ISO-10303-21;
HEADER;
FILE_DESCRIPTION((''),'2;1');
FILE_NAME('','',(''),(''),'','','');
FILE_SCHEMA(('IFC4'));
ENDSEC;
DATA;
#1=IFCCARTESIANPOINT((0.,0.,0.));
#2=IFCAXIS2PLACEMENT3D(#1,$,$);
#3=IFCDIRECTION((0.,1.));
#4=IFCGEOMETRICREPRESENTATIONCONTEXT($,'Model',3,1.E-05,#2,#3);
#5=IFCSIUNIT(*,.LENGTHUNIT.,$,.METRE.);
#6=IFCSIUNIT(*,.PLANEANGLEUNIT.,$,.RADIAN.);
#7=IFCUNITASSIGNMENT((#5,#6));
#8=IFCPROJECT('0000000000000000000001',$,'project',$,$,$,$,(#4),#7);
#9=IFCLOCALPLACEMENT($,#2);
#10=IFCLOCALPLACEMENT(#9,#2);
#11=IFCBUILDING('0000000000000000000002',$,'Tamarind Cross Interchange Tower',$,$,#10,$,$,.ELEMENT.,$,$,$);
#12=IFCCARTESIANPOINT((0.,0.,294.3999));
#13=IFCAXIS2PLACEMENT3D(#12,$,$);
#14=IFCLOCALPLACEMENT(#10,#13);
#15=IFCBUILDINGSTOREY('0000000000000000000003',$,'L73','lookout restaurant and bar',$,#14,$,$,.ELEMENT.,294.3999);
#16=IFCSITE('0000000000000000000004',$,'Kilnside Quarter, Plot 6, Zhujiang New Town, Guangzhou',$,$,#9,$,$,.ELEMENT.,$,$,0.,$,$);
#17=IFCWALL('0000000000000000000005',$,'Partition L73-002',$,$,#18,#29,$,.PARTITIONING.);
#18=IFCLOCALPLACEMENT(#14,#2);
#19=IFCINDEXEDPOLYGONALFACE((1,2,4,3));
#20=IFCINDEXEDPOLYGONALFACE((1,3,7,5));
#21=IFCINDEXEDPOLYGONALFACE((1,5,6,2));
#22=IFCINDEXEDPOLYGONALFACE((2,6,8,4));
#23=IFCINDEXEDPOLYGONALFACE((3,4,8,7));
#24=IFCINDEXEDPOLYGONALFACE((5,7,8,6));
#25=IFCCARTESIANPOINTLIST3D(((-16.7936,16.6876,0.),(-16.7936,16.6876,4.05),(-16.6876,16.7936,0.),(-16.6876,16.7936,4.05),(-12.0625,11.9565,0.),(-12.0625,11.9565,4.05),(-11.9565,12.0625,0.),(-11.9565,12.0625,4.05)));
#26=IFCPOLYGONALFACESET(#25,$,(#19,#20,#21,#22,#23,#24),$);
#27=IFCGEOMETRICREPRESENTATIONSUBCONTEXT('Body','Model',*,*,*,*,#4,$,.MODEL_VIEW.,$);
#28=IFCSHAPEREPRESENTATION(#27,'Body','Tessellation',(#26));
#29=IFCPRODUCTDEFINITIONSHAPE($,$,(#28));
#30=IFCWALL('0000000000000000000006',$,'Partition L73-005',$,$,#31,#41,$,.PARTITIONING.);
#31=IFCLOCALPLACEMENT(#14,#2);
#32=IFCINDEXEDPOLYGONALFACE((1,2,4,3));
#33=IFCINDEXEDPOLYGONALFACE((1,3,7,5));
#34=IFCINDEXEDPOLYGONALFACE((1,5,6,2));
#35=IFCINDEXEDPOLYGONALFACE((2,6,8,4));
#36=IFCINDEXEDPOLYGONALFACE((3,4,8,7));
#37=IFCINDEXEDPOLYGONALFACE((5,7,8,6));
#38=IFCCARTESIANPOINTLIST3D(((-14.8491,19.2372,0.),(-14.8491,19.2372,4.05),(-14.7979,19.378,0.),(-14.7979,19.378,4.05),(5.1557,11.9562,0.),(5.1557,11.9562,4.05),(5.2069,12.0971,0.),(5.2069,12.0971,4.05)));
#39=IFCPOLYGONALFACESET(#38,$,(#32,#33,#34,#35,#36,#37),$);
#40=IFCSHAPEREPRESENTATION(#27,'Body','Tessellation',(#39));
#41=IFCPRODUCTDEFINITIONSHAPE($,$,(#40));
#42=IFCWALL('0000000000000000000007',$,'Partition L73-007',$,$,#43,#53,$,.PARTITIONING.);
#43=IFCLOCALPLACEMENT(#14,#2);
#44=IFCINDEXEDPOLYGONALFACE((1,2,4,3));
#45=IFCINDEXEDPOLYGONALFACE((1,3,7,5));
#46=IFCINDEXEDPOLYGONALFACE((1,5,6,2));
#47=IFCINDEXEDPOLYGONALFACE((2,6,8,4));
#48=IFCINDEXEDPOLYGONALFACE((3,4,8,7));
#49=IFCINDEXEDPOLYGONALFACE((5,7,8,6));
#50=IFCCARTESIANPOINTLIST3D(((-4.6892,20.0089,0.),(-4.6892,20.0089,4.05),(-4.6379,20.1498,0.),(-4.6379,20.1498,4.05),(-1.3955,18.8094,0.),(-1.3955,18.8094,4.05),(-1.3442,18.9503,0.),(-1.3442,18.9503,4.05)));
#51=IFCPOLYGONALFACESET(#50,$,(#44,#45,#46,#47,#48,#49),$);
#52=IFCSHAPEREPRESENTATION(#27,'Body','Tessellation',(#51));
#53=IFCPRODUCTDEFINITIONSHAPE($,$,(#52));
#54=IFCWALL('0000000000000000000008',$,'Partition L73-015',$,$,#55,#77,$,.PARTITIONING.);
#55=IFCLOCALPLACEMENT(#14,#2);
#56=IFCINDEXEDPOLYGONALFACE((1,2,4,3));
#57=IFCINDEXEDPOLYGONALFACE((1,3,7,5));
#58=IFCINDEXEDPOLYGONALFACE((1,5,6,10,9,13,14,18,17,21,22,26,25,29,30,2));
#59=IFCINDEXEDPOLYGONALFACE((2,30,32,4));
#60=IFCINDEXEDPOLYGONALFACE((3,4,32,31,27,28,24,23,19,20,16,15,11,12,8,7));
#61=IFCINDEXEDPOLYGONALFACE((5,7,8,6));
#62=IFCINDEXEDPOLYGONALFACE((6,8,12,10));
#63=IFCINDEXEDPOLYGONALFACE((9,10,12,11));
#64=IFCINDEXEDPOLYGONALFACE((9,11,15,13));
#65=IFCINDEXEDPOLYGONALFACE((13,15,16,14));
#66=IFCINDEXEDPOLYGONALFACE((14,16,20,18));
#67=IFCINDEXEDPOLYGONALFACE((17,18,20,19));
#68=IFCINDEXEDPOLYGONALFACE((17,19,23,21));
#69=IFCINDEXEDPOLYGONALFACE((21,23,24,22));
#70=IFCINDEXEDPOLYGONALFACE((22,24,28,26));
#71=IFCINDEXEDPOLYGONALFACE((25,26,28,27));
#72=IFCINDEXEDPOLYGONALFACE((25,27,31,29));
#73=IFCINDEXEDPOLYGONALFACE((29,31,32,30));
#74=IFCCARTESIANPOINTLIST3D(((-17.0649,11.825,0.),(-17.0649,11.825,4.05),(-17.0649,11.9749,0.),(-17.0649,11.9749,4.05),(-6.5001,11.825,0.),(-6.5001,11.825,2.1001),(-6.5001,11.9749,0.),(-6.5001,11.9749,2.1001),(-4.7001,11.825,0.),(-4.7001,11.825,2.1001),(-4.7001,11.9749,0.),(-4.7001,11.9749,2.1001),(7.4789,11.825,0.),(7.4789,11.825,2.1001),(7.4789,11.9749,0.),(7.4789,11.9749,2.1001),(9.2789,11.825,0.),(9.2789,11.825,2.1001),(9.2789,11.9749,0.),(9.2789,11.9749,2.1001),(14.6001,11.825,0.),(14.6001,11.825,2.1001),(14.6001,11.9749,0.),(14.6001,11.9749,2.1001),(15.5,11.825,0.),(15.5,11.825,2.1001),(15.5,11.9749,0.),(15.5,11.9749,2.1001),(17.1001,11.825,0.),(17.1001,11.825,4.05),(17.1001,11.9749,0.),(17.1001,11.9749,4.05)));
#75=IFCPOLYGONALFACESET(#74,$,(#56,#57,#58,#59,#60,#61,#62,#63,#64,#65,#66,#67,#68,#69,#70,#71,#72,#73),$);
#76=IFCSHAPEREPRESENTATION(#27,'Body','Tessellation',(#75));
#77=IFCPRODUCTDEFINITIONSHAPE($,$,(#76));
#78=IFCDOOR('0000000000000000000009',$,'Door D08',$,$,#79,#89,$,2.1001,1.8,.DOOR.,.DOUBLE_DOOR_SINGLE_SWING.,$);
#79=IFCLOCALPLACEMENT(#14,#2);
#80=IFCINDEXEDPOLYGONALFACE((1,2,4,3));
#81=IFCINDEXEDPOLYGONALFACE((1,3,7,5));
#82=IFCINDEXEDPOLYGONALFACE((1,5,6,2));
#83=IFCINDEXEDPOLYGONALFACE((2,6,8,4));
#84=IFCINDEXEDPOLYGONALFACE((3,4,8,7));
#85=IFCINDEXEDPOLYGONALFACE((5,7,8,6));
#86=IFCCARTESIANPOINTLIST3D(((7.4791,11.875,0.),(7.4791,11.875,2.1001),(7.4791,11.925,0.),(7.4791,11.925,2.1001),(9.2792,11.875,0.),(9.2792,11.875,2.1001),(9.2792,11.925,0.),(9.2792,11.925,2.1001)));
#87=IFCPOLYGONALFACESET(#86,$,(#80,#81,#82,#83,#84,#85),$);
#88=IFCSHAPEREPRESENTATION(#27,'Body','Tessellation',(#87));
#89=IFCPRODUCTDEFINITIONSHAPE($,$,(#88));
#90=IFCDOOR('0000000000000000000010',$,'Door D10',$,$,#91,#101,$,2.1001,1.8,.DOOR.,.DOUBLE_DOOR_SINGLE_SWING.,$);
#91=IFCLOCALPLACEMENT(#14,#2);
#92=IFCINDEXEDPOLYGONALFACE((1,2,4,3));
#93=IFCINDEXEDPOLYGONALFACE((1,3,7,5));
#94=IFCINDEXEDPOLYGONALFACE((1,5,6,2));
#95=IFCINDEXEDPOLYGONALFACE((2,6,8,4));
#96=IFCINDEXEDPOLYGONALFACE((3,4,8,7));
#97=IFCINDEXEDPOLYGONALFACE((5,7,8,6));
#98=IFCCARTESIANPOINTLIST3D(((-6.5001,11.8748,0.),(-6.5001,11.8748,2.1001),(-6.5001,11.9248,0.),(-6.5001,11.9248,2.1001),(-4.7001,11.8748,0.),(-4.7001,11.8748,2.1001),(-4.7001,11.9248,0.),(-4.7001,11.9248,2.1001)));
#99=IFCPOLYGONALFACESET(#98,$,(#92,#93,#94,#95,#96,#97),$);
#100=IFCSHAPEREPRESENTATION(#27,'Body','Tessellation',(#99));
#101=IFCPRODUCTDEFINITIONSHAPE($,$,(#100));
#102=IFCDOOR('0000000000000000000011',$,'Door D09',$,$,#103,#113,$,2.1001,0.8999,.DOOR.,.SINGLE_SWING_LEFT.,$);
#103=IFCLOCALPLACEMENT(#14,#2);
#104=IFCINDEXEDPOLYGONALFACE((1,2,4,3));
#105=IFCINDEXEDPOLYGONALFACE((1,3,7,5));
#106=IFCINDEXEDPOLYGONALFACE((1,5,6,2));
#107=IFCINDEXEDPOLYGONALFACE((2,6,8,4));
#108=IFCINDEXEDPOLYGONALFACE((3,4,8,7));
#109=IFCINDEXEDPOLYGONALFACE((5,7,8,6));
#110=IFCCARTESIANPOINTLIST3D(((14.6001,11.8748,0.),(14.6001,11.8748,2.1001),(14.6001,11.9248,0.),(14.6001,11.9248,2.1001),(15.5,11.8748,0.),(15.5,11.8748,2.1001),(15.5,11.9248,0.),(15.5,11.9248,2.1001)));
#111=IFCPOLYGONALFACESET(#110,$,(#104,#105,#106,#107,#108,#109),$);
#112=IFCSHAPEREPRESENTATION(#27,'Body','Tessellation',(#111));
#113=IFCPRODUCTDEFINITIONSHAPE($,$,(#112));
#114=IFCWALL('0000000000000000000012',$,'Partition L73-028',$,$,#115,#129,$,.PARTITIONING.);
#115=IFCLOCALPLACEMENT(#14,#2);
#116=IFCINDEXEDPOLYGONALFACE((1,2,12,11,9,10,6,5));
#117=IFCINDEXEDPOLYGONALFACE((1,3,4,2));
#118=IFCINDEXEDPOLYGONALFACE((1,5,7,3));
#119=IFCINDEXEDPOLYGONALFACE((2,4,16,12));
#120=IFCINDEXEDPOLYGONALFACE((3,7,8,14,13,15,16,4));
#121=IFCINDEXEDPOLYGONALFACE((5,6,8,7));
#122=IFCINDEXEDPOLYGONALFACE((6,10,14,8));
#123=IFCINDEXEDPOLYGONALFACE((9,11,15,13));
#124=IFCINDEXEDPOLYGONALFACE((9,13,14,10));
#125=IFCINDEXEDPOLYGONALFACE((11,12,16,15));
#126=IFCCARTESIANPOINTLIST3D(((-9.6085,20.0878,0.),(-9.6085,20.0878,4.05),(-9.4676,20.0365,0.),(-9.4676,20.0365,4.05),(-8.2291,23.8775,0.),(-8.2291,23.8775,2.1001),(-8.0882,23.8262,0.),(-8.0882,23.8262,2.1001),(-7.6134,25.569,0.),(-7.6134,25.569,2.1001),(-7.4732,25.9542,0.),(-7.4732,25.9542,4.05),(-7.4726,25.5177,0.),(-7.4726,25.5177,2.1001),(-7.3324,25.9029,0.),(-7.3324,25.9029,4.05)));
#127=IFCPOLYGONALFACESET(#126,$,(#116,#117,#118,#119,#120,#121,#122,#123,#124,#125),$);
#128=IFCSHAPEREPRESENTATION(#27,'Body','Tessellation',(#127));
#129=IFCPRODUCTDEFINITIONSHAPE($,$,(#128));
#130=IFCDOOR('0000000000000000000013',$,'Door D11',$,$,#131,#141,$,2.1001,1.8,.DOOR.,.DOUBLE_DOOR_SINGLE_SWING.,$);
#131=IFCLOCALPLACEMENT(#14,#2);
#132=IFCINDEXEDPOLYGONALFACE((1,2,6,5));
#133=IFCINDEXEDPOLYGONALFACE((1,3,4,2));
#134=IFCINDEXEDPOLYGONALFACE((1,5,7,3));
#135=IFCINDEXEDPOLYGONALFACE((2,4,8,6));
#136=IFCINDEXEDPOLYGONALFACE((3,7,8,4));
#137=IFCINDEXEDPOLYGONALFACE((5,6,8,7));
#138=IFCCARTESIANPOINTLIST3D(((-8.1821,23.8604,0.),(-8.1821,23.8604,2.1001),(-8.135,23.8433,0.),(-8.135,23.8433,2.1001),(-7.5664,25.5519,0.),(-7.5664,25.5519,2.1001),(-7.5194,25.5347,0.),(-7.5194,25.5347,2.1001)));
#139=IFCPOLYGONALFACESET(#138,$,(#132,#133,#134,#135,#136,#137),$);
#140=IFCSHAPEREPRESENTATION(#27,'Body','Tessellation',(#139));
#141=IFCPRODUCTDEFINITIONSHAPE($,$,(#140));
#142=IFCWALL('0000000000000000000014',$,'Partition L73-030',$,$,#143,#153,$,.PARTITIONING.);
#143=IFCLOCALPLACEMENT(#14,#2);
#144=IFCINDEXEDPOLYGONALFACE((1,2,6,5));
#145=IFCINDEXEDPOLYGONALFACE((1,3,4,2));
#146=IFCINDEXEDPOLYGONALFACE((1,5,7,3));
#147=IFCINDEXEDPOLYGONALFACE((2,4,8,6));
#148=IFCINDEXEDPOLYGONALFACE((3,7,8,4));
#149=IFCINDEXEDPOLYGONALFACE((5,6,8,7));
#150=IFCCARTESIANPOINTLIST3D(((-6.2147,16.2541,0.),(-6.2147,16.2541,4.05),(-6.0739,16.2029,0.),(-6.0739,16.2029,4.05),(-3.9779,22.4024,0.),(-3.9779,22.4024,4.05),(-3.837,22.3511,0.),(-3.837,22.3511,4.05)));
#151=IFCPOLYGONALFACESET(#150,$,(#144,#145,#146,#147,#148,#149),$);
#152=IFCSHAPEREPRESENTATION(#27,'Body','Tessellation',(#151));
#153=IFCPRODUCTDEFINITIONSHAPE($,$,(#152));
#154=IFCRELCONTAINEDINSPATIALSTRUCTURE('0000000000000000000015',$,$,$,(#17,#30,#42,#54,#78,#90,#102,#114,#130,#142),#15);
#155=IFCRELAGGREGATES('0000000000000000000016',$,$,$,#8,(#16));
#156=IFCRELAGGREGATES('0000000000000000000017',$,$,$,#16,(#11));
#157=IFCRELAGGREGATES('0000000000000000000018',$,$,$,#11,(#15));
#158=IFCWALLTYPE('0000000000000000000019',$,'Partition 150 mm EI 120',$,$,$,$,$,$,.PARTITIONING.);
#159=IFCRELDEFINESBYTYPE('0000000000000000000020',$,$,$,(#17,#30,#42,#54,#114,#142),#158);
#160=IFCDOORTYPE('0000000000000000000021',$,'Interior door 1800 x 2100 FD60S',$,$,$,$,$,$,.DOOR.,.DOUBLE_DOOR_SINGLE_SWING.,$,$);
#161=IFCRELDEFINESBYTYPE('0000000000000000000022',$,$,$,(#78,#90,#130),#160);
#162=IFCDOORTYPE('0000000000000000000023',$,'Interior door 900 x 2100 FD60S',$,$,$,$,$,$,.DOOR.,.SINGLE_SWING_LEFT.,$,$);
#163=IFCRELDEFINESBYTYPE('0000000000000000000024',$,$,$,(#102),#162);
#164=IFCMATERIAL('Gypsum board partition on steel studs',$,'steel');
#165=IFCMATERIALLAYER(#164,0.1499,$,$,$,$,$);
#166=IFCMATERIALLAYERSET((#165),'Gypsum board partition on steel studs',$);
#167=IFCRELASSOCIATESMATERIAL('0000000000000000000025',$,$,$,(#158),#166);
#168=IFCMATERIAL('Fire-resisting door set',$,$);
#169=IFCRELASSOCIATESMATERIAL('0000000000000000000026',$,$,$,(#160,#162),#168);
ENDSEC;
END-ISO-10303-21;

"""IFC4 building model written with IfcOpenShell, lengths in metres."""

from ifc_helpers import new_model, si_unit, direction, frame, frame_2d, origin, place, context, subcontext, project, spatial, rectangle, extrude, material, layer, layer_set, type_object, element, fill, save


model = new_model("IFC4")

# Units and contexts
model_context = context("Model", 3, precision=1e-05, world=origin(), true_north=direction((0.0, 1.0)))
body_context = subcontext(model_context, "Body", "Model", "MODEL_VIEW")
ifc_project = project(units=[si_unit("LENGTHUNIT", "METRE"), si_unit("PLANEANGLEUNIT", "RADIAN")], contexts=[model_context])

# Site, building, storey
site_placement = place(None, origin())
site = spatial("IfcSite", under=ifc_project, at=site_placement, Name="Kilnside Quarter, Plot 6, Zhujiang New Town, Guangzhou", CompositionType="ELEMENT", RefElevation=0.0)
building_placement = place(site_placement, origin())
building = spatial("IfcBuilding", under=site, at=building_placement, Name="Tamarind Cross Interchange Tower", CompositionType="ELEMENT")
storey_placement = place(building_placement, frame((0.0, 0.0, 294.3999)))
storey = spatial("IfcBuildingStorey", under=building, at=storey_placement, Name="L73", Description="lookout restaurant and bar", CompositionType="ELEMENT", Elevation=294.3999)

# Walls
ifc_material_1 = material(Name="Gypsum board partition on steel studs", Category="steel")
ifc_layer_1 = layer(ifc_material_1, 0.1499)
ifc_layer_set_1 = layer_set([ifc_layer_1], Name="Gypsum board partition on steel studs")
wall_type_1 = type_object("IfcWallType", Name="Partition 150 mm EI 120", PredefinedType="PARTITIONING", material=ifc_layer_set_1)
wall_1_placement = place(storey_placement, frame((-16.7405, 16.7405, 0.0), z_axis=(0.0, 0.0, 1.0), x_axis=(0.707107, -0.707107, 0.0)))
element("IfcWall", 1, at=wall_1_placement, inside=storey, type_object=wall_type_1, Name="Partition L73-002", PredefinedType="PARTITIONING", context=body_context, shape_type="SweptSolid", body=[
    extrude(rectangle(XDim=6.6907, YDim=0.1499, at=frame_2d((3.3452, 0.0))), origin(), (0.0, 0.0, 1.0), 4.05),
])
wall_2_placement = place(storey_placement, frame((-14.8235, 19.3076, 0.0), z_axis=(0.0, 0.0, 1.0), x_axis=(0.939695, -0.342013, 0.0)))
element("IfcWall", 2, at=wall_2_placement, inside=storey, type_object=wall_type_1, Name="Partition L73-005", PredefinedType="PARTITIONING", context=body_context, shape_type="SweptSolid", body=[
    extrude(rectangle(XDim=21.2886, YDim=0.1499, at=frame_2d((10.6443, 0.0))), origin(), (0.0, 0.0, 1.0), 4.05),
])
wall_3_placement = place(storey_placement, frame((-4.6636, 20.0793, 0.0), z_axis=(0.0, 0.0, 1.0), x_axis=(0.939633, -0.342185, 0.0)))
element("IfcWall", 3, at=wall_3_placement, inside=storey, type_object=wall_type_1, Name="Partition L73-007", PredefinedType="PARTITIONING", context=body_context, shape_type="SweptSolid", body=[
    extrude(rectangle(XDim=3.5054, YDim=0.1499, at=frame_2d((1.7527, 0.0))), origin(), (0.0, 0.0, 1.0), 4.05),
])

# Wall, openings, doors
wall_4_placement = place(storey_placement, frame((-17.0649, 11.8999, 0.0), z_axis=(0.0, 0.0, 1.0), x_axis=(1.0, 0.0, 0.0)))
wall_4 = element("IfcWall", 4, at=wall_4_placement, inside=storey, type_object=wall_type_1, Name="Partition L73-015", PredefinedType="PARTITIONING", context=body_context, shape_type="SweptSolid", body=[
    extrude(rectangle(XDim=34.165, YDim=0.1499, at=frame_2d((17.0825, 0.0))), origin(), (0.0, 0.0, 1.0), 4.05),
])
opening_1_placement = place(wall_4_placement, frame((24.5439, 0.0, 0.0)))
opening_1 = element("IfcOpeningElement", 5, at=opening_1_placement, cuts=wall_4, PredefinedType="OPENING", context=body_context, shape_type="SweptSolid", body=[
    extrude(rectangle(XDim=1.8, YDim=2.1001, at=frame_2d((0.8999, 1.05))), frame((0.0, 0.085, 0.0), z_axis=(0.0, -1.0, 0.0), x_axis=(1.0, 0.0, 0.0)), (0.0, 0.0, 1.0), 0.1699),
])
opening_2_placement = place(wall_4_placement, frame((31.665, 0.0, 0.0)))
opening_2 = element("IfcOpeningElement", 6, at=opening_2_placement, cuts=wall_4, PredefinedType="OPENING", context=body_context, shape_type="SweptSolid", body=[
    extrude(rectangle(XDim=0.8999, YDim=2.1001, at=frame_2d((0.45, 1.05))), frame((0.0, 0.085, 0.0), z_axis=(0.0, -1.0, 0.0), x_axis=(1.0, 0.0, 0.0)), (0.0, 0.0, 1.0), 0.1699),
])
opening_3_placement = place(wall_4_placement, frame((10.5649, 0.0, 0.0)))
opening_3 = element("IfcOpeningElement", 7, at=opening_3_placement, cuts=wall_4, PredefinedType="OPENING", context=body_context, shape_type="SweptSolid", body=[
    extrude(rectangle(XDim=1.8, YDim=2.1001, at=frame_2d((0.8999, 1.05))), frame((0.0, 0.085, 0.0), z_axis=(0.0, -1.0, 0.0), x_axis=(1.0, 0.0, 0.0)), (0.0, 0.0, 1.0), 0.1699),
])
ifc_material_2 = material(Name="Fire-resisting door set")
door_type_1 = type_object("IfcDoorType", Name="Interior door 1800 x 2100 FD60S", OperationType="DOUBLE_DOOR_SINGLE_SWING", PredefinedType="DOOR", material=ifc_material_2)
door_1_placement = place(opening_1_placement, frame((1.8, 0.0, 0.0), z_axis=(0.0, 0.0, 1.0), x_axis=(-1.0, 0.0, 0.0)))
door_1 = element("IfcDoor", 8, at=door_1_placement, inside=storey, type_object=door_type_1, Name="Door D08", OperationType="DOUBLE_DOOR_SINGLE_SWING", OverallHeight=2.1001, OverallWidth=1.8, PredefinedType="DOOR", context=body_context, shape_type="SweptSolid", body=[
    extrude(rectangle(XDim=1.8, YDim=2.1001, at=frame_2d((0.8999, 1.05))), frame((0.0, 0.0249, 0.0), z_axis=(0.0, -1.0, 0.0), x_axis=(1.0, 0.0, 0.0)), (0.0, 0.0, 1.0), 0.05),
])
fill(opening_1, door_1)
door_2_placement = place(opening_3_placement, origin())
door_2 = element("IfcDoor", 9, at=door_2_placement, inside=storey, type_object=door_type_1, Name="Door D10", OperationType="DOUBLE_DOOR_SINGLE_SWING", OverallHeight=2.1001, OverallWidth=1.8, PredefinedType="DOOR", context=body_context, shape_type="SweptSolid", body=[
    extrude(rectangle(XDim=1.8, YDim=2.1001, at=frame_2d((0.8999, 1.05))), frame((0.0, 0.0249, 0.0), z_axis=(0.0, -1.0, 0.0), x_axis=(1.0, 0.0, 0.0)), (0.0, 0.0, 1.0), 0.05),
])
fill(opening_3, door_2)
door_type_2 = type_object("IfcDoorType", Name="Interior door 900 x 2100 FD60S", OperationType="SINGLE_SWING_LEFT", PredefinedType="DOOR", material=ifc_material_2)
door_3_placement = place(opening_2_placement, origin())
door_3 = element("IfcDoor", 10, at=door_3_placement, inside=storey, type_object=door_type_2, Name="Door D09", OperationType="SINGLE_SWING_LEFT", OverallHeight=2.1001, OverallWidth=0.8999, PredefinedType="DOOR", context=body_context, shape_type="SweptSolid", body=[
    extrude(rectangle(XDim=0.8999, YDim=2.1001, at=frame_2d((0.45, 1.05))), frame((0.0, 0.0249, 0.0), z_axis=(0.0, -1.0, 0.0), x_axis=(1.0, 0.0, 0.0)), (0.0, 0.0, 1.0), 0.05),
])
fill(opening_2, door_3)

# Wall, opening, door
wall_5_placement = place(storey_placement, frame((-9.5381, 20.062, 0.0), z_axis=(0.0, 0.0, 1.0), x_axis=(0.342026, 0.939691, 0.0)))
wall_5 = element("IfcWall", 11, at=wall_5_placement, inside=storey, type_object=wall_type_1, Name="Partition L73-028", PredefinedType="PARTITIONING", context=body_context, shape_type="SweptSolid", body=[
    extrude(rectangle(XDim=6.2429, YDim=0.1499, at=frame_2d((3.1216, 0.0))), origin(), (0.0, 0.0, 1.0), 4.05),
])
opening_4_placement = place(wall_5_placement, frame((4.0332, 0.0, 0.0)))
opening_4 = element("IfcOpeningElement", 12, at=opening_4_placement, cuts=wall_5, PredefinedType="OPENING", context=body_context, shape_type="SweptSolid", body=[
    extrude(rectangle(XDim=1.8, YDim=2.1001, at=frame_2d((0.8999, 1.05))), frame((0.0, 0.085, 0.0), z_axis=(0.0, -1.0, 0.0), x_axis=(1.0, 0.0, 0.0)), (0.0, 0.0, 1.0), 0.1699),
])
door_4_placement = place(opening_4_placement, origin())
door_4 = element("IfcDoor", 13, at=door_4_placement, inside=storey, type_object=door_type_1, Name="Door D11", OperationType="DOUBLE_DOOR_SINGLE_SWING", OverallHeight=2.1001, OverallWidth=1.8, PredefinedType="DOOR", context=body_context, shape_type="SweptSolid", body=[
    extrude(rectangle(XDim=1.8, YDim=2.1001, at=frame_2d((0.8999, 1.05))), frame((0.0, 0.0249, 0.0), z_axis=(0.0, -1.0, 0.0), x_axis=(1.0, 0.0, 0.0)), (0.0, 0.0, 1.0), 0.05),
])
fill(opening_4, door_4)

# Wall
wall_6_placement = place(storey_placement, frame((-6.1443, 16.2285, 0.0), z_axis=(0.0, 0.0, 1.0), x_axis=(0.341893, 0.939739, 0.0)))
element("IfcWall", 14, at=wall_6_placement, inside=storey, type_object=wall_type_1, Name="Partition L73-030", PredefinedType="PARTITIONING", context=body_context, shape_type="SweptSolid", body=[
    extrude(rectangle(XDim=6.5425, YDim=0.1499, at=frame_2d((3.2712, 0.0))), origin(), (0.0, 0.0, 1.0), 4.05),
])

save(model, "model.ifc")
